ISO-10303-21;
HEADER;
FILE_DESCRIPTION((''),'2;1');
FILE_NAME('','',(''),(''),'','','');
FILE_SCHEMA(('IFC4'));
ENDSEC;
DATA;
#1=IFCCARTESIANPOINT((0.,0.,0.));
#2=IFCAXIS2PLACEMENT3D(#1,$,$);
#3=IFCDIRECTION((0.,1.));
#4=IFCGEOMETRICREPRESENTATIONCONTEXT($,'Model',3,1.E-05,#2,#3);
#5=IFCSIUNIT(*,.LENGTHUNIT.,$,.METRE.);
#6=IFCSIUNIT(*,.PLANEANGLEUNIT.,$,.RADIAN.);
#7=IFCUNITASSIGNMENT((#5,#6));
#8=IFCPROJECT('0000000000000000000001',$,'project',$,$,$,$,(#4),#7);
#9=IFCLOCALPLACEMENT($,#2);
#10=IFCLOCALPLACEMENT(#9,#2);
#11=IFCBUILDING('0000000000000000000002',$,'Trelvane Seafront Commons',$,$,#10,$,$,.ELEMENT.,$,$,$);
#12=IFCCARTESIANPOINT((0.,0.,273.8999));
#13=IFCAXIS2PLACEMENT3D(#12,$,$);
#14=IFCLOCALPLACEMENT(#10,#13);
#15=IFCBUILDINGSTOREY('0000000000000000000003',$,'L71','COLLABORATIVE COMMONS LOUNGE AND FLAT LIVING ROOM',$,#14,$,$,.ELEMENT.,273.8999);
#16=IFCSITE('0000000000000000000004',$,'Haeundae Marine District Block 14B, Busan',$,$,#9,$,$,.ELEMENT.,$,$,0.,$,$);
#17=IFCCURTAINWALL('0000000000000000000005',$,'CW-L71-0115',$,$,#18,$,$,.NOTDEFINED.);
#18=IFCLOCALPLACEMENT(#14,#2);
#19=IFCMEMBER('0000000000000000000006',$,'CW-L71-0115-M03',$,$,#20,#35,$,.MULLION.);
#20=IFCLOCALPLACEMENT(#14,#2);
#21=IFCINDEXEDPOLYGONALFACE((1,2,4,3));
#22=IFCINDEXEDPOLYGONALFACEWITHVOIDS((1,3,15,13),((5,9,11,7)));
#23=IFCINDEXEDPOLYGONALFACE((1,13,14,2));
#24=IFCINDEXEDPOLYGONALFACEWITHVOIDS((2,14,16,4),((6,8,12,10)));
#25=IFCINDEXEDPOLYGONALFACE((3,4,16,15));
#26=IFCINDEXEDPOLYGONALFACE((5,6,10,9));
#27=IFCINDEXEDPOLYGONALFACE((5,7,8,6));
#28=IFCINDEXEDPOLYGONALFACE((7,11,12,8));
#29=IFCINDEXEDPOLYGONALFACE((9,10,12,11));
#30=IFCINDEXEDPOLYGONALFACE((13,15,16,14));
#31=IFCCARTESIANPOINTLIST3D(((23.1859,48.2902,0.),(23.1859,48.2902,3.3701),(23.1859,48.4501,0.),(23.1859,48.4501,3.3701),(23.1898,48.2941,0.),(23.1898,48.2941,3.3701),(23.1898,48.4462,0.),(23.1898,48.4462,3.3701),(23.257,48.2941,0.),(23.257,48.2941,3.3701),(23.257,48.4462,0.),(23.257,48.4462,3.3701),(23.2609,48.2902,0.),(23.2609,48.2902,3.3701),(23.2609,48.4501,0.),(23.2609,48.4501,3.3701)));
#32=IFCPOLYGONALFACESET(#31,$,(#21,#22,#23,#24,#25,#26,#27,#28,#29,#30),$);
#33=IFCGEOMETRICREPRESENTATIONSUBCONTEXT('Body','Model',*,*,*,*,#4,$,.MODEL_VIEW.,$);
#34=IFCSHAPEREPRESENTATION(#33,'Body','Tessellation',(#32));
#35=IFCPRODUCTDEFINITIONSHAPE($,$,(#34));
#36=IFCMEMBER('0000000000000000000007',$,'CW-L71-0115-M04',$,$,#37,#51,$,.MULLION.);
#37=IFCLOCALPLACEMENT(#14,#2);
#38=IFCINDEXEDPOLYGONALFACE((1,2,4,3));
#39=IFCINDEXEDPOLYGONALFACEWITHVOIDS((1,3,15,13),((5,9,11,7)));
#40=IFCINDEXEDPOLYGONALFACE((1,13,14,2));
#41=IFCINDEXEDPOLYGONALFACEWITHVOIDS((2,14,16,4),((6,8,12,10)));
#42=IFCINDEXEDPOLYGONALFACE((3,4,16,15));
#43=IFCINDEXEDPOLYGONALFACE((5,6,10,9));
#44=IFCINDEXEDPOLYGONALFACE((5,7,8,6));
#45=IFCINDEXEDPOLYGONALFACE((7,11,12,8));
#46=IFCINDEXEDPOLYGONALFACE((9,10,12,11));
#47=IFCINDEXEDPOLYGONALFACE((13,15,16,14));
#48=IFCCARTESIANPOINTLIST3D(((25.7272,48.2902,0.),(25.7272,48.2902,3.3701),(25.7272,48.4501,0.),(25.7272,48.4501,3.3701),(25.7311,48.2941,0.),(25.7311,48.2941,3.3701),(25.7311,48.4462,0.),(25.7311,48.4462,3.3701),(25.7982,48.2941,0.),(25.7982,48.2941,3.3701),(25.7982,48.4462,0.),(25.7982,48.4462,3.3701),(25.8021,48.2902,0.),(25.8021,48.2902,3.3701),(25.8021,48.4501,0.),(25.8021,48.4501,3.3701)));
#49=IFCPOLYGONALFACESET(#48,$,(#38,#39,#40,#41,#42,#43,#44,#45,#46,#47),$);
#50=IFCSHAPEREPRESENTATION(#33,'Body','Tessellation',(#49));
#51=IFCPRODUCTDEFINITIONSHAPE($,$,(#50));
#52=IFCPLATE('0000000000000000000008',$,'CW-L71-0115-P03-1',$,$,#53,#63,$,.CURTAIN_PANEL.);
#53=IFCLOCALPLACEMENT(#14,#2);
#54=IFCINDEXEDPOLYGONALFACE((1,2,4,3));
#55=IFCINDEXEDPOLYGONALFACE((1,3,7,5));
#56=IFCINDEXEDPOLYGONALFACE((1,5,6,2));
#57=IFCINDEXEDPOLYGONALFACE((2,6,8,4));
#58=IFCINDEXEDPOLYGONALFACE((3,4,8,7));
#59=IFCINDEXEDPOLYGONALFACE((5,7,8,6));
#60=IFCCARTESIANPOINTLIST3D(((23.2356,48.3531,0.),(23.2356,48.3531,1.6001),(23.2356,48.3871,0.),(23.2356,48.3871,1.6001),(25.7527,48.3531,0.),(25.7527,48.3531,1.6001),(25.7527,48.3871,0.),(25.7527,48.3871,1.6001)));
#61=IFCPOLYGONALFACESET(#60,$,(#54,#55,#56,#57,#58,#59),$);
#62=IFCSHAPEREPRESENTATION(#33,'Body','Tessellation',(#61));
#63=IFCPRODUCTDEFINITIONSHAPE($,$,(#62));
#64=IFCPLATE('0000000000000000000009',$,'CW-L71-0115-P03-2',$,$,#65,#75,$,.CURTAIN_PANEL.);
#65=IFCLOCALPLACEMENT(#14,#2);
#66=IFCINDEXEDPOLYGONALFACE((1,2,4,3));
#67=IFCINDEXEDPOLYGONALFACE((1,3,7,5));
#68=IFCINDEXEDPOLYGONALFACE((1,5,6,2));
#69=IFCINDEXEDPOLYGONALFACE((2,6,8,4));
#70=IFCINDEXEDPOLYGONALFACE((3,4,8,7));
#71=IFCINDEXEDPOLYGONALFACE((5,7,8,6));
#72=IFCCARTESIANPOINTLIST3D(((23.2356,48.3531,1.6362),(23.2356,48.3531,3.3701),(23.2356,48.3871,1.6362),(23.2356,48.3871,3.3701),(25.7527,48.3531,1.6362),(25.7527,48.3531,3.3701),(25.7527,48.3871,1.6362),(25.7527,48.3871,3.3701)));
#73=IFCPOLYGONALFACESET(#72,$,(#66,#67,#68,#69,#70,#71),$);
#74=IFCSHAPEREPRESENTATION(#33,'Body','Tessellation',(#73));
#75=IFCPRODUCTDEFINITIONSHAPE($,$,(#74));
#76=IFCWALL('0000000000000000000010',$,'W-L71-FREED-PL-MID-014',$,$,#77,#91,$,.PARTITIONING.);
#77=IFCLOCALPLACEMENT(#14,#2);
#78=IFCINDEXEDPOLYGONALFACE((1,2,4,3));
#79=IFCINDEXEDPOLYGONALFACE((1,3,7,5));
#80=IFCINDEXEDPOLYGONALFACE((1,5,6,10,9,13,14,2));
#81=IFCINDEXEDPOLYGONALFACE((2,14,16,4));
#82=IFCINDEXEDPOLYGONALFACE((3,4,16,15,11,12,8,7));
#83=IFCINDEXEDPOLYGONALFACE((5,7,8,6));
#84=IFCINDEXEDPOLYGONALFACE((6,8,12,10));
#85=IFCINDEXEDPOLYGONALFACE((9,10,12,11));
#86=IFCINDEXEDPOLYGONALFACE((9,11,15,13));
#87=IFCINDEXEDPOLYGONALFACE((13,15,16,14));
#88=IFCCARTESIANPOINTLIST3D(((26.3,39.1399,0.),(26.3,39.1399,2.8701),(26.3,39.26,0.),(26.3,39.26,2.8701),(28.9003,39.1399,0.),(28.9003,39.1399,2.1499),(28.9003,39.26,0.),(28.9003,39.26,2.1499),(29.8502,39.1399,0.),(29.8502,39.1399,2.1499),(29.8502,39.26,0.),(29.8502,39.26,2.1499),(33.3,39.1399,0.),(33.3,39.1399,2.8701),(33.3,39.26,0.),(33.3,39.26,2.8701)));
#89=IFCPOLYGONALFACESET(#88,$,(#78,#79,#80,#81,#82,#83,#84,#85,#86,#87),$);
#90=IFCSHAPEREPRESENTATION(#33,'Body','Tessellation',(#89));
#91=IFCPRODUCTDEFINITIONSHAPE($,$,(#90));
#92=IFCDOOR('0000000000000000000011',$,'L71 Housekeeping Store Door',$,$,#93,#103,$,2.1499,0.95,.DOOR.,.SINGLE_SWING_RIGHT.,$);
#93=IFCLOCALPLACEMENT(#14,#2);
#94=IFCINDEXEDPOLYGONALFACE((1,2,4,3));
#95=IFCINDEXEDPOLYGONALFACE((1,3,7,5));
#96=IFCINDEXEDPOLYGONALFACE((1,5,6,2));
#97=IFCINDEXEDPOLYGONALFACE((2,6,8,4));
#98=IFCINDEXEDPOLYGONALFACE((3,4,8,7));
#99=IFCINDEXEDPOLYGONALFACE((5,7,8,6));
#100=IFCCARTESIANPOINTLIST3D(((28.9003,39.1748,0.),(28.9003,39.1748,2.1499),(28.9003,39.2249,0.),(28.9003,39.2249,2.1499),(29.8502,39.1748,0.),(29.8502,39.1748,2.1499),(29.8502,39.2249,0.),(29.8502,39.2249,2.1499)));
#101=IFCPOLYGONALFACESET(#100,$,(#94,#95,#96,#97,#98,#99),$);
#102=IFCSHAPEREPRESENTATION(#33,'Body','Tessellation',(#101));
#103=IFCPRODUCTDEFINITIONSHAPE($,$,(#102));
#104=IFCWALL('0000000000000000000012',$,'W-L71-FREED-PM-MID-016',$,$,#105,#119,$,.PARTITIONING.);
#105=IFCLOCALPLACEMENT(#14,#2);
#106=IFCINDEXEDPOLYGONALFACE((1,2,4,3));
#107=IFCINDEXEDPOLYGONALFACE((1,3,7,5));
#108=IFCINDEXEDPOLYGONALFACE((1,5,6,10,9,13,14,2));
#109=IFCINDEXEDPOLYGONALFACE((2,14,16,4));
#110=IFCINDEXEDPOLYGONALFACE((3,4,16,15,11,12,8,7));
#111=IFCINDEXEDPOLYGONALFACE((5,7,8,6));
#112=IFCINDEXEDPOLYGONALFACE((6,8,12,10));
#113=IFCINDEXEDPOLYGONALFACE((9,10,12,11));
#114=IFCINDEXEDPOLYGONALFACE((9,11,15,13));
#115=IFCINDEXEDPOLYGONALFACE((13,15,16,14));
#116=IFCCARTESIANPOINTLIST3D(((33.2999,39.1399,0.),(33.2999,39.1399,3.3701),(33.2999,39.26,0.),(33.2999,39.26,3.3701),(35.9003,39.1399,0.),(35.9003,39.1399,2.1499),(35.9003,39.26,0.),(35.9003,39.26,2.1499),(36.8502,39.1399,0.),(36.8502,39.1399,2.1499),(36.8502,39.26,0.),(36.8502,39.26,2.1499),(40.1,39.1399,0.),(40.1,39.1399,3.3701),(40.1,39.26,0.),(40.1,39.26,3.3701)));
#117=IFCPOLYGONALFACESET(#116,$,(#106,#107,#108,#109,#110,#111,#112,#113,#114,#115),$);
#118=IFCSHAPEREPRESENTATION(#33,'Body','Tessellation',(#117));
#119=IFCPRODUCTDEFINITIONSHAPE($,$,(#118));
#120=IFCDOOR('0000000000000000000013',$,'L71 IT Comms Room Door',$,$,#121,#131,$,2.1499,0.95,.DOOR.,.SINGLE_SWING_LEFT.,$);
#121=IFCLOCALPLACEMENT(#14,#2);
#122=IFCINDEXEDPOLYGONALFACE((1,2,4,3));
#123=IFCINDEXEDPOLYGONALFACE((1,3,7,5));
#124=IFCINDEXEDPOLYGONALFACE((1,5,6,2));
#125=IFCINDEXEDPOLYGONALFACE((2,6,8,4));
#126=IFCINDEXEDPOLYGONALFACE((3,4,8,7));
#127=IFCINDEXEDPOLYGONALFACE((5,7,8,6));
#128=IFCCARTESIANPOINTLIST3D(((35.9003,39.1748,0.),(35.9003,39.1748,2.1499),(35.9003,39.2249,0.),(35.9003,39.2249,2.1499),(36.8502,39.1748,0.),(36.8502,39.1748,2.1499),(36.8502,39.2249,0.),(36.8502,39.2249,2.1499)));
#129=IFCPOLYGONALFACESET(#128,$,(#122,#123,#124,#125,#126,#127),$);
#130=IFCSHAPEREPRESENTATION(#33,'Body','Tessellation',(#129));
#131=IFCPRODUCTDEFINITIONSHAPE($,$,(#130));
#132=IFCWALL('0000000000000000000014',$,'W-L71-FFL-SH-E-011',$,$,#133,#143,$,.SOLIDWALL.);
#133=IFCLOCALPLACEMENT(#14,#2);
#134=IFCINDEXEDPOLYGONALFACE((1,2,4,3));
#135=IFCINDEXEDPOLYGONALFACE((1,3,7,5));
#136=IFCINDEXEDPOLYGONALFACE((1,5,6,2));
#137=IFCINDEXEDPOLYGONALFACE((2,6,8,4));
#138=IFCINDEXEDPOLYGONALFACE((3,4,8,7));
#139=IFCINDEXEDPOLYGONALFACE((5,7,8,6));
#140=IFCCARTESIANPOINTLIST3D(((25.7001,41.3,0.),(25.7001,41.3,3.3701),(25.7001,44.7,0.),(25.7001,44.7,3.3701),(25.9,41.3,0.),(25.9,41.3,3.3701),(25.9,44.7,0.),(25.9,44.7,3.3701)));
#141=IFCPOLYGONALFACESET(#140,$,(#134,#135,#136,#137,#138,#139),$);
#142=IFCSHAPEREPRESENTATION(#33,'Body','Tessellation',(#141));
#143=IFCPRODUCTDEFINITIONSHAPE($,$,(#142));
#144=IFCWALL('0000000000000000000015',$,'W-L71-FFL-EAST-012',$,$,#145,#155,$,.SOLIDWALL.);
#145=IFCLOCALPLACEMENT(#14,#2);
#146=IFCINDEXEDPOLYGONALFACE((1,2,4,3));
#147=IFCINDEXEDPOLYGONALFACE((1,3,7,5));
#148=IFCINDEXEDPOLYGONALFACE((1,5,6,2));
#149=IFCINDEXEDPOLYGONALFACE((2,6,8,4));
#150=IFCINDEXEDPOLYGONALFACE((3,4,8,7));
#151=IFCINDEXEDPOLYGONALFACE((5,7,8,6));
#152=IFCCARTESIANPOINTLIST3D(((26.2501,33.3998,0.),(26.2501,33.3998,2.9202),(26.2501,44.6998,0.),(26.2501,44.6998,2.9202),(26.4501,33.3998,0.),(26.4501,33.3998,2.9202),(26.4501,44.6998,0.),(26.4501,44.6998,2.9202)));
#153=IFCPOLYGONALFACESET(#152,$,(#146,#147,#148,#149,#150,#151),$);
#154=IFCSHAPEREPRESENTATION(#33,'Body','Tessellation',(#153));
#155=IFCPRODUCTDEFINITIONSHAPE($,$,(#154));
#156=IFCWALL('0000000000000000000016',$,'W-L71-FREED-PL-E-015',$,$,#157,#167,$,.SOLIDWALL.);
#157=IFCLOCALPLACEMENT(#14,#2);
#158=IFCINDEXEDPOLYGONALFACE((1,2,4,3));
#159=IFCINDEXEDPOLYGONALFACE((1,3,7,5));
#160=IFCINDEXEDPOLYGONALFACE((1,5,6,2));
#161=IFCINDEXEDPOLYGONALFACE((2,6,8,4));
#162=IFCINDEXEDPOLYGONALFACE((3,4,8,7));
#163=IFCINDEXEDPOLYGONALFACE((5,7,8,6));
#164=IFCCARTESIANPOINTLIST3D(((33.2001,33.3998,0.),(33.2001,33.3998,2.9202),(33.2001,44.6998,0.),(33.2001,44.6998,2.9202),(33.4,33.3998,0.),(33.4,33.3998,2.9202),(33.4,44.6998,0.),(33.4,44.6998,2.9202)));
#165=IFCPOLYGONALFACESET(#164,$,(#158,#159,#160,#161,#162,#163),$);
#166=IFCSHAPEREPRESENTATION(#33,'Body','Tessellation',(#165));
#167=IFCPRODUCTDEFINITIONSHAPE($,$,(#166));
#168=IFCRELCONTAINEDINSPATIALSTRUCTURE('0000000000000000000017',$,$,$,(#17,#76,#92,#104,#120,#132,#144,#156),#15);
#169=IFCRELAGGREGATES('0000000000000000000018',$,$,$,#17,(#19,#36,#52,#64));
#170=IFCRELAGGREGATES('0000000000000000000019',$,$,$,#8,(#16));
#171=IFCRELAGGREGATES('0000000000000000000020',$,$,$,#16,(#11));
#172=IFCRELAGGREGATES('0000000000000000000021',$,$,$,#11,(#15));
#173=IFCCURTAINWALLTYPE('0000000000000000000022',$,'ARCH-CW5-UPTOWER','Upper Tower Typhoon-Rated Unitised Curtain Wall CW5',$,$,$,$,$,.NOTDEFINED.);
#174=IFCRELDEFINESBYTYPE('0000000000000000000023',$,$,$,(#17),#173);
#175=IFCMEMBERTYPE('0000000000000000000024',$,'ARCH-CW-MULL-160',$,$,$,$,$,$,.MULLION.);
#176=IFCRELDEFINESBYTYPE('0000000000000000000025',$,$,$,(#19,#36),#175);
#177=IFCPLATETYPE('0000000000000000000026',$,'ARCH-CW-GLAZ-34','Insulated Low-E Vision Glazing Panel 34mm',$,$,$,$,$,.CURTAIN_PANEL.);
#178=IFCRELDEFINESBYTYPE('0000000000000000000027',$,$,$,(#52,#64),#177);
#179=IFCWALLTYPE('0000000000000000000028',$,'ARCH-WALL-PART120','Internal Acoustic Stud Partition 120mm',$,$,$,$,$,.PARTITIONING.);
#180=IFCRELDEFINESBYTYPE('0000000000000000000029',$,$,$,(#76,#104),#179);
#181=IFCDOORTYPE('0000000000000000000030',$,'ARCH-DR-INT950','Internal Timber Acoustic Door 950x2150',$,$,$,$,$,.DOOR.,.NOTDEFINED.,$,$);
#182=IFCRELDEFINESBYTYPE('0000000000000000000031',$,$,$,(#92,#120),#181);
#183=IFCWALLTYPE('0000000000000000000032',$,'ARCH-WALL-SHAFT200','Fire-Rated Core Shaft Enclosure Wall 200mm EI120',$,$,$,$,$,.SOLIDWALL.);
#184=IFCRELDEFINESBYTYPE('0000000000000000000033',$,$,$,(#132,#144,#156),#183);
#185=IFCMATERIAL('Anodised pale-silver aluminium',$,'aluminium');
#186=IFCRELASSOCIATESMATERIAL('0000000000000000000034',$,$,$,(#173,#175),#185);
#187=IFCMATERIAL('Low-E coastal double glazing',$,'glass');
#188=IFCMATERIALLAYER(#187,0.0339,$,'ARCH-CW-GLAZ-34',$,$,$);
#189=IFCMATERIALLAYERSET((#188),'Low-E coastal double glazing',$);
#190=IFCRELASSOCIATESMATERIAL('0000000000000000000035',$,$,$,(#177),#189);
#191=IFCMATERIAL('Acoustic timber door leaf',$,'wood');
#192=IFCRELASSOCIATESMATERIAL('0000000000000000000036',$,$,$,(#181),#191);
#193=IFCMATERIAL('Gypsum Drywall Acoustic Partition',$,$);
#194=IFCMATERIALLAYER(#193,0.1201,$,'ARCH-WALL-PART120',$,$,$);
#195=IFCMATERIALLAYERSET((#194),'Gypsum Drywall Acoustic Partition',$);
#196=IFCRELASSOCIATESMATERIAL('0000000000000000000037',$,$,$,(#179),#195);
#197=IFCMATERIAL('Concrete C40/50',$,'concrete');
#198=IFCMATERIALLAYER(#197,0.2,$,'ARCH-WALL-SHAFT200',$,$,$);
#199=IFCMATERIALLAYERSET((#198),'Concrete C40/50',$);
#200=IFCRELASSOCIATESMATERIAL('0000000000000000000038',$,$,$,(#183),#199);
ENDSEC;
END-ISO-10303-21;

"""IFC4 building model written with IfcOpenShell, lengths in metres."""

from ifc_helpers import new_model, si_unit, direction, frame, frame_2d, origin, origin_2d, place, context, subcontext, project, spatial, rectangle, hollow_rectangle, extrude, source, transform, mapped, material, layer, layer_set, material_profile, profile_set, type_object, element, fill, aggregate, save


model = new_model("IFC4")

# Units and contexts
model_context = context("Model", 3, precision=1e-05, world=origin(), true_north=direction((0.0, 1.0)))
body_context = subcontext(model_context, "Body", "Model", "MODEL_VIEW")
ifc_project = project(units=[si_unit("LENGTHUNIT", "METRE"), si_unit("PLANEANGLEUNIT", "RADIAN")], contexts=[model_context])

# Site, building, storey
site_placement = place(None, origin())
site = spatial("IfcSite", under=ifc_project, at=site_placement, Name="Haeundae Marine District Block 14B, Busan", CompositionType="ELEMENT", RefElevation=0.0)
building_placement = place(site_placement, origin())
building = spatial("IfcBuilding", under=site, at=building_placement, Name="Trelvane Seafront Commons", CompositionType="ELEMENT")
storey_placement = place(building_placement, frame((0.0, 0.0, 273.8999)))
storey = spatial("IfcBuildingStorey", under=building, at=storey_placement, Name="L71", Description="COLLABORATIVE COMMONS LOUNGE AND FLAT LIVING ROOM", CompositionType="ELEMENT", Elevation=273.8999)

# Curtain wall, members, plates
ifc_material_1 = material(Name="Anodised pale-silver aluminium", Category="aluminium")
curtain_wall_type = type_object("IfcCurtainWallType", Name="ARCH-CW5-UPTOWER", Description="Upper Tower Typhoon-Rated Unitised Curtain Wall CW5", PredefinedType="NOTDEFINED", material=ifc_material_1)
curtain_wall_placement = place(storey_placement, origin())
curtain_wall = element("IfcCurtainWall", 1, at=curtain_wall_placement, inside=storey, type_object=curtain_wall_type, Name="CW-L71-0115", PredefinedType="NOTDEFINED")
ifc_material_profile_1 = material_profile(ifc_material_1, hollow_rectangle(XDim=0.075, YDim=0.1599, WallThickness=0.0039, at=origin_2d()), Name="MULL-75x160x4")
ifc_profile_set_1 = profile_set([ifc_material_profile_1], Name="Anodised pale-silver aluminium")
member_type_1 = type_object("IfcMemberType", Name="ARCH-CW-MULL-160", PredefinedType="MULLION", material=ifc_profile_set_1)
shared_shape_1 = source(origin(), body_context, "Body", "SweptSolid", [
    extrude(hollow_rectangle(XDim=0.075, YDim=0.1599, WallThickness=0.0039, at=origin_2d()), origin(), (0.0, 0.0, 1.0), 3.3701),
])
member_1_placement = place(storey_placement, frame((23.2234, 48.3701, 0.0), z_axis=(0.0, 0.0, 1.0), x_axis=(1.0, 0.0, 0.0)))
member_1 = element("IfcMember", 2, at=member_1_placement, type_object=member_type_1, Name="CW-L71-0115-M03", PredefinedType="MULLION", context=body_context, shape_type="MappedRepresentation", body=[
    mapped(shared_shape_1, transform((0.0, 0.0, 0.0), x_axis=(1.0, 0.0, 0.0), y_axis=(0.0, 1.0, 0.0), z_axis=(0.0, 0.0, 1.0), scale=1.0)),
])
member_2_placement = place(storey_placement, frame((25.7646, 48.3701, 0.0), z_axis=(0.0, 0.0, 1.0), x_axis=(1.0, 0.0, 0.0)))
member_2 = element("IfcMember", 3, at=member_2_placement, type_object=member_type_1, Name="CW-L71-0115-M04", PredefinedType="MULLION", context=body_context, shape_type="MappedRepresentation", body=[
    mapped(shared_shape_1, transform((0.0, 0.0, 0.0), x_axis=(1.0, 0.0, 0.0), y_axis=(0.0, 1.0, 0.0), z_axis=(0.0, 0.0, 1.0), scale=1.0)),
])
ifc_material_2 = material(Name="Low-E coastal double glazing", Category="glass")
ifc_layer_1 = layer(ifc_material_2, 0.0339, Name="ARCH-CW-GLAZ-34")
ifc_layer_set_1 = layer_set([ifc_layer_1], Name="Low-E coastal double glazing")
plate_type = type_object("IfcPlateType", Name="ARCH-CW-GLAZ-34", Description="Insulated Low-E Vision Glazing Panel 34mm", PredefinedType="CURTAIN_PANEL", material=ifc_layer_set_1)
shared_shape_2 = source(origin(), body_context, "Body", "SweptSolid", [
    extrude(rectangle(XDim=2.5171, YDim=0.0339, at=origin_2d()), origin(), (0.0, 0.0, 1.0), 1.6001),
])
plate_1_placement = place(storey_placement, frame((24.4941, 48.3701, 0.0), z_axis=(0.0, 0.0, 1.0), x_axis=(1.0, 0.0, 0.0)))
plate_1 = element("IfcPlate", 4, at=plate_1_placement, type_object=plate_type, Name="CW-L71-0115-P03-1", PredefinedType="CURTAIN_PANEL", context=body_context, shape_type="MappedRepresentation", body=[
    mapped(shared_shape_2, transform((0.0, 0.0, 0.0), x_axis=(1.0, 0.0, 0.0), y_axis=(0.0, 1.0, 0.0), z_axis=(0.0, 0.0, 1.0), scale=1.0)),
])
shared_shape_3 = source(origin(), body_context, "Body", "SweptSolid", [
    extrude(rectangle(XDim=2.5171, YDim=0.0339, at=origin_2d()), origin(), (0.0, 0.0, 1.0), 1.7339),
])
plate_2_placement = place(storey_placement, frame((24.4941, 48.3701, 1.6362), z_axis=(0.0, 0.0, 1.0), x_axis=(1.0, 0.0, 0.0)))
plate_2 = element("IfcPlate", 5, at=plate_2_placement, type_object=plate_type, Name="CW-L71-0115-P03-2", PredefinedType="CURTAIN_PANEL", context=body_context, shape_type="MappedRepresentation", body=[
    mapped(shared_shape_3, transform((0.0, 0.0, 0.0), x_axis=(1.0, 0.0, 0.0), y_axis=(0.0, 1.0, 0.0), z_axis=(0.0, 0.0, 1.0), scale=1.0)),
])
aggregate(curtain_wall, [member_1, member_2, plate_1, plate_2])

# Walls, openings, doors
ifc_material_3 = material(Name="Concrete C40/50", Category="concrete")
ifc_material_4 = material(Name="Acoustic timber door leaf", Category="wood")
door_type_1 = type_object("IfcDoorType", Name="ARCH-DR-INT950", Description="Internal Timber Acoustic Door 950x2150", OperationType="NOTDEFINED", PredefinedType="DOOR", material=ifc_material_4)
shared_shape_4 = source(origin(), body_context, "Body", "SweptSolid", [
    extrude(rectangle(XDim=0.95, YDim=2.1499, at=frame_2d((0.4751, 1.075))), frame((0.0, 0.0249, 0.0), z_axis=(0.0, -1.0, 0.0), x_axis=(1.0, 0.0, 0.0)), (0.0, 0.0, 1.0), 0.05),
])
ifc_material_5 = material(Name="Gypsum Drywall Acoustic Partition")
ifc_layer_2 = layer(ifc_material_5, 0.1201, Name="ARCH-WALL-PART120")
ifc_layer_set_2 = layer_set([ifc_layer_2], Name="Gypsum Drywall Acoustic Partition")
wall_type_1 = type_object("IfcWallType", Name="ARCH-WALL-PART120", Description="Internal Acoustic Stud Partition 120mm", PredefinedType="PARTITIONING", material=ifc_layer_set_2)
wall_1_placement = place(storey_placement, frame((26.3, 39.2, 0.0), z_axis=(0.0, 0.0, 1.0), x_axis=(1.0, 0.0, 0.0)))
wall_1 = element("IfcWall", 6, at=wall_1_placement, inside=storey, type_object=wall_type_1, Name="W-L71-FREED-PL-MID-014", PredefinedType="PARTITIONING", context=body_context, shape_type="SweptSolid", body=[
    extrude(rectangle(XDim=7.0, YDim=0.1201, at=frame_2d((3.5, 0.0))), origin(), (0.0, 0.0, 1.0), 2.8701),
])
opening_1_placement = place(wall_1_placement, frame((2.6001, 0.0, 0.0)))
opening_1 = element("IfcOpeningElement", 7, at=opening_1_placement, cuts=wall_1, PredefinedType="OPENING", context=body_context, shape_type="SweptSolid", body=[
    extrude(rectangle(XDim=0.95, YDim=2.1499, at=frame_2d((0.4751, 1.075))), frame((0.0, 0.0701, 0.0), z_axis=(0.0, -1.0, 0.0), x_axis=(1.0, 0.0, 0.0)), (0.0, 0.0, 1.0), 0.1401),
])
door_1_placement = place(opening_1_placement, origin())
door_1 = element("IfcDoor", 8, at=door_1_placement, inside=storey, type_object=door_type_1, Name="L71 Housekeeping Store Door", OperationType="SINGLE_SWING_RIGHT", OverallHeight=2.1499, OverallWidth=0.95, PredefinedType="DOOR", context=body_context, shape_type="MappedRepresentation", body=[
    mapped(shared_shape_4, transform((0.0, 0.0, 0.0), x_axis=(1.0, 0.0, 0.0), y_axis=(0.0, 1.0, 0.0), z_axis=(0.0, 0.0, 1.0), scale=1.0)),
])
fill(opening_1, door_1)
wall_2_placement = place(storey_placement, frame((33.3, 39.2, 0.0), z_axis=(0.0, 0.0, 1.0), x_axis=(1.0, 0.0, 0.0)))
wall_2 = element("IfcWall", 9, at=wall_2_placement, inside=storey, type_object=wall_type_1, Name="W-L71-FREED-PM-MID-016", PredefinedType="PARTITIONING", context=body_context, shape_type="SweptSolid", body=[
    extrude(rectangle(XDim=6.8, YDim=0.1201, at=frame_2d((3.3999, 0.0))), origin(), (0.0, 0.0, 1.0), 3.3701),
])
opening_2_placement = place(wall_2_placement, frame((2.6001, 0.0, 0.0)))
opening_2 = element("IfcOpeningElement", 10, at=opening_2_placement, cuts=wall_2, PredefinedType="OPENING", context=body_context, shape_type="SweptSolid", body=[
    extrude(rectangle(XDim=0.95, YDim=2.1499, at=frame_2d((0.4751, 1.075))), frame((0.0, 0.0701, 0.0), z_axis=(0.0, -1.0, 0.0), x_axis=(1.0, 0.0, 0.0)), (0.0, 0.0, 1.0), 0.1401),
])
door_2_placement = place(opening_2_placement, origin())
door_2 = element("IfcDoor", 11, at=door_2_placement, inside=storey, type_object=door_type_1, Name="L71 IT Comms Room Door", OperationType="SINGLE_SWING_LEFT", OverallHeight=2.1499, OverallWidth=0.95, PredefinedType="DOOR", context=body_context, shape_type="MappedRepresentation", body=[
    mapped(shared_shape_4, transform((0.0, 0.0, 0.0), x_axis=(1.0, 0.0, 0.0), y_axis=(0.0, 1.0, 0.0), z_axis=(0.0, 0.0, 1.0), scale=1.0)),
])
fill(opening_2, door_2)

# Walls
ifc_layer_3 = layer(ifc_material_3, 0.2, Name="ARCH-WALL-SHAFT200")
ifc_layer_set_3 = layer_set([ifc_layer_3], Name="Concrete C40/50")
wall_type_2 = type_object("IfcWallType", Name="ARCH-WALL-SHAFT200", Description="Fire-Rated Core Shaft Enclosure Wall 200mm EI120", PredefinedType="SOLIDWALL", material=ifc_layer_set_3)
wall_3_placement = place(storey_placement, frame((25.8, 41.3, 0.0), z_axis=(0.0, 0.0, 1.0), x_axis=(0.0, 1.0, 0.0)))
element("IfcWall", 12, at=wall_3_placement, inside=storey, type_object=wall_type_2, Name="W-L71-FFL-SH-E-011", PredefinedType="SOLIDWALL", context=body_context, shape_type="SweptSolid", body=[
    extrude(rectangle(XDim=3.3999, YDim=0.2, at=frame_2d((1.7, 0.0))), origin(), (0.0, 0.0, 1.0), 3.3701),
])
for number, where, z_axis, x_axis, name in (
    (13, (26.3501, 33.3999, 0.0), (0.0, 0.0, 1.0), (0.0, 1.0, 0.0), "W-L71-FFL-EAST-012"),
    (14, (33.3, 33.3999, 0.0), (0.0, 0.0, 1.0), (0.0, 1.0, 0.0), "W-L71-FREED-PL-E-015"),
):
    element("IfcWall", number, at=place(storey_placement, frame(where, z_axis=z_axis, x_axis=x_axis)), inside=storey, type_object=wall_type_2, Name=name, PredefinedType="SOLIDWALL", context=body_context, shape_type="SweptSolid", body=[
        extrude(rectangle(XDim=11.3, YDim=0.2, at=frame_2d((5.6499, 0.0))), origin(), (0.0, 0.0, 1.0), 2.9202),
    ])

save(model, "model.ifc")
